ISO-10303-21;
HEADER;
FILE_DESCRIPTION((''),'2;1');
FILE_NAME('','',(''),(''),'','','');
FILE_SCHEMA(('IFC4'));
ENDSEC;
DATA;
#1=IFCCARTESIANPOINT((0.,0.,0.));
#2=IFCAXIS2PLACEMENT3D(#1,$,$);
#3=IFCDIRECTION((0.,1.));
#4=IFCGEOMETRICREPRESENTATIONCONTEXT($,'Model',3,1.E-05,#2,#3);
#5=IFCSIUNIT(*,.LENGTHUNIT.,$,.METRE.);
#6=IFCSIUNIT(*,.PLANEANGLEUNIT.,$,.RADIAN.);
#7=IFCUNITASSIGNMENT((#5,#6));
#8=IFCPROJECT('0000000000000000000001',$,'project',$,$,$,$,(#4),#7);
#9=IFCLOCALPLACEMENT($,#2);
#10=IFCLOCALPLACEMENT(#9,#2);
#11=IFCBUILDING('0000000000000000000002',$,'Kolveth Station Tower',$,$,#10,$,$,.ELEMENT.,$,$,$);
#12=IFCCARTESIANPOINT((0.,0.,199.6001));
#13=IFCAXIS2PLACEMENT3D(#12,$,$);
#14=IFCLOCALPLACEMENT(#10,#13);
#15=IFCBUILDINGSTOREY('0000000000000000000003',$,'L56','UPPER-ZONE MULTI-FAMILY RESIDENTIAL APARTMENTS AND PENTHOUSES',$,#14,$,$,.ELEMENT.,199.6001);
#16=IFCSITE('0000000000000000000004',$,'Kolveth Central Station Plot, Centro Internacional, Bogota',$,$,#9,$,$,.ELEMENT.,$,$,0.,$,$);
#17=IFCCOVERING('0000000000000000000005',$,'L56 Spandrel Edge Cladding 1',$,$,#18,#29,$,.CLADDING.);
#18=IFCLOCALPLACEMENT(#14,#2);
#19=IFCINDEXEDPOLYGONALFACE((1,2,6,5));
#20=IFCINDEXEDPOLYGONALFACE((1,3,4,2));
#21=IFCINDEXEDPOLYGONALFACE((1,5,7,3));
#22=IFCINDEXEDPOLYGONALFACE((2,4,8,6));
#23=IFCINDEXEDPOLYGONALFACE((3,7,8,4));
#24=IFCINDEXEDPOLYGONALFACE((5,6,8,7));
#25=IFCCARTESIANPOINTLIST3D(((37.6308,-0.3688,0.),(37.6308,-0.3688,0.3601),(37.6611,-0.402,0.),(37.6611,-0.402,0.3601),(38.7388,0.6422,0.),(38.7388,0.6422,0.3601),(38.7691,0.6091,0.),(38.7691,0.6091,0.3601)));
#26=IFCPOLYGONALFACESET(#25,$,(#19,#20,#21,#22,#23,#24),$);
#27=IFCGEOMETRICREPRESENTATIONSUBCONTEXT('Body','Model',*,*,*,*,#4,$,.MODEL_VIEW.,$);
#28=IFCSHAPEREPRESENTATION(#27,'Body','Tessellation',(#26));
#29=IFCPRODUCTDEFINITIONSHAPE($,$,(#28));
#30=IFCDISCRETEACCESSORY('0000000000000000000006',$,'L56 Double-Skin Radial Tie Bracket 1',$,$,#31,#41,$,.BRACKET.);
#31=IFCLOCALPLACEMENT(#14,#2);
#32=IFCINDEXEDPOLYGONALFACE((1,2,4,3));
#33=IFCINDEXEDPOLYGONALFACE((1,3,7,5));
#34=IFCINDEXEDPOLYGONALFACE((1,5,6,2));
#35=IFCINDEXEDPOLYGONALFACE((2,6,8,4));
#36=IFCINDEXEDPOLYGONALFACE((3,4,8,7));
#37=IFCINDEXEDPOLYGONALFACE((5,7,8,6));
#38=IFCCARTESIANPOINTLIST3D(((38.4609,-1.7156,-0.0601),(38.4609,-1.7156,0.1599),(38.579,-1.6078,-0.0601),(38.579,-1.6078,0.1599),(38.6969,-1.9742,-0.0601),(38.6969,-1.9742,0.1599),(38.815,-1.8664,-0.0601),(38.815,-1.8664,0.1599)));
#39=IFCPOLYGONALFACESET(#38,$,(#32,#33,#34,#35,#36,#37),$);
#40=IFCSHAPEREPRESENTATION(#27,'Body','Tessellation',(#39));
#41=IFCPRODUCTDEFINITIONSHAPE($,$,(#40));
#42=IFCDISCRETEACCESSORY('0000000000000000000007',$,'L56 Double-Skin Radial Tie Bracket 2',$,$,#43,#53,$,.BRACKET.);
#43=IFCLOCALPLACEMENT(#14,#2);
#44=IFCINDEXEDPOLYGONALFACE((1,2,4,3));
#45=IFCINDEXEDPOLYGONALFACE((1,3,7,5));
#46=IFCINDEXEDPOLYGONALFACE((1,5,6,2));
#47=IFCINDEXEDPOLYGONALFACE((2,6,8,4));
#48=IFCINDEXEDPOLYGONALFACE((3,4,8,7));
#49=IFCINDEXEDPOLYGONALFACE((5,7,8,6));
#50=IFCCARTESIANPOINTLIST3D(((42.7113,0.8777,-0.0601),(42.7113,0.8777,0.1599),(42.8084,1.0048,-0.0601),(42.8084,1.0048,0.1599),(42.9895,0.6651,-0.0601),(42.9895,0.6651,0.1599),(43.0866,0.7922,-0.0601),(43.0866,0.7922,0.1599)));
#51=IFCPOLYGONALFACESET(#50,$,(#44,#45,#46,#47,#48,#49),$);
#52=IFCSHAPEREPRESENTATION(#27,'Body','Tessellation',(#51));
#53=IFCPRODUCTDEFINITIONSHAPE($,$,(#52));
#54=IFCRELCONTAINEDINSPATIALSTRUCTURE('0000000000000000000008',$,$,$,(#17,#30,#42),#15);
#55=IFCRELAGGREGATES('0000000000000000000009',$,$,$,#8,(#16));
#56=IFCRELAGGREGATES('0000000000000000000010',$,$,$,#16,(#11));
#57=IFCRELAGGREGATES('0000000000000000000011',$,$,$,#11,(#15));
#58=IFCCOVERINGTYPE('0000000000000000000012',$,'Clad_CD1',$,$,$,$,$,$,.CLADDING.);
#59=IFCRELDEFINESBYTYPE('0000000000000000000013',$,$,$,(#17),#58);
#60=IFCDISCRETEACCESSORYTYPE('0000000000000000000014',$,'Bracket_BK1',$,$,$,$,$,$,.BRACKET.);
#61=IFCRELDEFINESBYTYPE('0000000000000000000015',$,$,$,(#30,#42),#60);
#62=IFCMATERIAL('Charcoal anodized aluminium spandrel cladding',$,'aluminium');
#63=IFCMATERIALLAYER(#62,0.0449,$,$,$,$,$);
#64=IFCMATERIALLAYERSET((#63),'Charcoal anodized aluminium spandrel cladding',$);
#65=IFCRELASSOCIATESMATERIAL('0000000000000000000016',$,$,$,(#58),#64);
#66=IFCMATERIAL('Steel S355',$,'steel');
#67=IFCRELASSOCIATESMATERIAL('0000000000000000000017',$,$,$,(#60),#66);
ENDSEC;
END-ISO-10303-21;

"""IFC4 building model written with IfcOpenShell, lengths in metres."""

from ifc_helpers import new_model, si_unit, direction, frame, origin, origin_2d, place, context, subcontext, project, spatial, rectangle, extrude, source, transform, mapped, material, layer, layer_set, type_object, element, save


model = new_model("IFC4")

# Units and contexts
model_context = context("Model", 3, precision=1e-05, world=origin(), true_north=direction((0.0, 1.0)))
body_context = subcontext(model_context, "Body", "Model", "MODEL_VIEW")
ifc_project = project(units=[si_unit("LENGTHUNIT", "METRE"), si_unit("PLANEANGLEUNIT", "RADIAN")], contexts=[model_context])

# Site, building, storey
site_placement = place(None, origin())
site = spatial("IfcSite", under=ifc_project, at=site_placement, Name="Kolveth Central Station Plot, Centro Internacional, Bogota", CompositionType="ELEMENT", RefElevation=0.0)
building_placement = place(site_placement, origin())
building = spatial("IfcBuilding", under=site, at=building_placement, Name="Kolveth Station Tower", CompositionType="ELEMENT")
storey_placement = place(building_placement, frame((0.0, 0.0, 199.6001)))
storey = spatial("IfcBuildingStorey", under=building, at=storey_placement, Name="L56", Description="UPPER-ZONE MULTI-FAMILY RESIDENTIAL APARTMENTS AND PENTHOUSES", CompositionType="ELEMENT", Elevation=199.6001)

# Covering
ifc_material_1 = material(Name="Charcoal anodized aluminium spandrel cladding", Category="aluminium")
ifc_layer_1 = layer(ifc_material_1, 0.0449)
ifc_layer_set_1 = layer_set([ifc_layer_1], Name="Charcoal anodized aluminium spandrel cladding")
covering_type = type_object("IfcCoveringType", Name="Clad_CD1", PredefinedType="CLADDING", material=ifc_layer_set_1)
shared_shape_1 = source(origin(), body_context, "Body", "SweptSolid", [
    extrude(rectangle(XDim=1.5, YDim=0.0449, at=origin_2d()), origin(), (0.0, 0.0, 1.0), 0.3601),
])
covering_placement = place(storey_placement, frame((38.2, 0.1201, 0.0), z_axis=(0.0, 0.0, 1.0), x_axis=(0.738691, 0.674045, 0.0)))
element("IfcCovering", 1, at=covering_placement, inside=storey, type_object=covering_type, Name="L56 Spandrel Edge Cladding 1", PredefinedType="CLADDING", context=body_context, shape_type="MappedRepresentation", body=[
    mapped(shared_shape_1, transform((0.0, 0.0, 0.0), x_axis=(1.0, 0.0, 0.0), y_axis=(0.0, 1.0, 0.0), z_axis=(0.0, 0.0, 1.0), scale=1.0)),
])

# Discrete accessories
ifc_material_2 = material(Name="Steel S355", Category="steel")
discrete_accessory_type = type_object("IfcDiscreteAccessoryType", Name="Bracket_BK1", PredefinedType="BRACKET", material=ifc_material_2)
shared_shape_2 = source(origin(), body_context, "Body", "SweptSolid", [
    extrude(rectangle(XDim=0.3501, YDim=0.1599, at=origin_2d()), origin(), (0.0, 0.0, 1.0), 0.22),
])
for number, where, z_axis, x_axis, name in (
    (2, (38.6379, -1.791, -0.0601), (0.0, 0.0, 1.0), (0.674045, -0.738691, 0.0), "L56 Double-Skin Radial Tie Bracket 1"),
    (3, (42.8989, 0.835, -0.0601), (0.0, 0.0, 1.0), (0.794521, -0.607237, 0.0), "L56 Double-Skin Radial Tie Bracket 2"),
):
    element("IfcDiscreteAccessory", number, at=place(storey_placement, frame(where, z_axis=z_axis, x_axis=x_axis)), inside=storey, type_object=discrete_accessory_type, Name=name, PredefinedType="BRACKET", context=body_context, shape_type="MappedRepresentation", body=[
        mapped(shared_shape_2, transform((0.0, 0.0, 0.0), x_axis=(1.0, 0.0, 0.0), y_axis=(0.0, 1.0, 0.0), z_axis=(0.0, 0.0, 1.0), scale=1.0)),
    ])

save(model, "model.ifc")
